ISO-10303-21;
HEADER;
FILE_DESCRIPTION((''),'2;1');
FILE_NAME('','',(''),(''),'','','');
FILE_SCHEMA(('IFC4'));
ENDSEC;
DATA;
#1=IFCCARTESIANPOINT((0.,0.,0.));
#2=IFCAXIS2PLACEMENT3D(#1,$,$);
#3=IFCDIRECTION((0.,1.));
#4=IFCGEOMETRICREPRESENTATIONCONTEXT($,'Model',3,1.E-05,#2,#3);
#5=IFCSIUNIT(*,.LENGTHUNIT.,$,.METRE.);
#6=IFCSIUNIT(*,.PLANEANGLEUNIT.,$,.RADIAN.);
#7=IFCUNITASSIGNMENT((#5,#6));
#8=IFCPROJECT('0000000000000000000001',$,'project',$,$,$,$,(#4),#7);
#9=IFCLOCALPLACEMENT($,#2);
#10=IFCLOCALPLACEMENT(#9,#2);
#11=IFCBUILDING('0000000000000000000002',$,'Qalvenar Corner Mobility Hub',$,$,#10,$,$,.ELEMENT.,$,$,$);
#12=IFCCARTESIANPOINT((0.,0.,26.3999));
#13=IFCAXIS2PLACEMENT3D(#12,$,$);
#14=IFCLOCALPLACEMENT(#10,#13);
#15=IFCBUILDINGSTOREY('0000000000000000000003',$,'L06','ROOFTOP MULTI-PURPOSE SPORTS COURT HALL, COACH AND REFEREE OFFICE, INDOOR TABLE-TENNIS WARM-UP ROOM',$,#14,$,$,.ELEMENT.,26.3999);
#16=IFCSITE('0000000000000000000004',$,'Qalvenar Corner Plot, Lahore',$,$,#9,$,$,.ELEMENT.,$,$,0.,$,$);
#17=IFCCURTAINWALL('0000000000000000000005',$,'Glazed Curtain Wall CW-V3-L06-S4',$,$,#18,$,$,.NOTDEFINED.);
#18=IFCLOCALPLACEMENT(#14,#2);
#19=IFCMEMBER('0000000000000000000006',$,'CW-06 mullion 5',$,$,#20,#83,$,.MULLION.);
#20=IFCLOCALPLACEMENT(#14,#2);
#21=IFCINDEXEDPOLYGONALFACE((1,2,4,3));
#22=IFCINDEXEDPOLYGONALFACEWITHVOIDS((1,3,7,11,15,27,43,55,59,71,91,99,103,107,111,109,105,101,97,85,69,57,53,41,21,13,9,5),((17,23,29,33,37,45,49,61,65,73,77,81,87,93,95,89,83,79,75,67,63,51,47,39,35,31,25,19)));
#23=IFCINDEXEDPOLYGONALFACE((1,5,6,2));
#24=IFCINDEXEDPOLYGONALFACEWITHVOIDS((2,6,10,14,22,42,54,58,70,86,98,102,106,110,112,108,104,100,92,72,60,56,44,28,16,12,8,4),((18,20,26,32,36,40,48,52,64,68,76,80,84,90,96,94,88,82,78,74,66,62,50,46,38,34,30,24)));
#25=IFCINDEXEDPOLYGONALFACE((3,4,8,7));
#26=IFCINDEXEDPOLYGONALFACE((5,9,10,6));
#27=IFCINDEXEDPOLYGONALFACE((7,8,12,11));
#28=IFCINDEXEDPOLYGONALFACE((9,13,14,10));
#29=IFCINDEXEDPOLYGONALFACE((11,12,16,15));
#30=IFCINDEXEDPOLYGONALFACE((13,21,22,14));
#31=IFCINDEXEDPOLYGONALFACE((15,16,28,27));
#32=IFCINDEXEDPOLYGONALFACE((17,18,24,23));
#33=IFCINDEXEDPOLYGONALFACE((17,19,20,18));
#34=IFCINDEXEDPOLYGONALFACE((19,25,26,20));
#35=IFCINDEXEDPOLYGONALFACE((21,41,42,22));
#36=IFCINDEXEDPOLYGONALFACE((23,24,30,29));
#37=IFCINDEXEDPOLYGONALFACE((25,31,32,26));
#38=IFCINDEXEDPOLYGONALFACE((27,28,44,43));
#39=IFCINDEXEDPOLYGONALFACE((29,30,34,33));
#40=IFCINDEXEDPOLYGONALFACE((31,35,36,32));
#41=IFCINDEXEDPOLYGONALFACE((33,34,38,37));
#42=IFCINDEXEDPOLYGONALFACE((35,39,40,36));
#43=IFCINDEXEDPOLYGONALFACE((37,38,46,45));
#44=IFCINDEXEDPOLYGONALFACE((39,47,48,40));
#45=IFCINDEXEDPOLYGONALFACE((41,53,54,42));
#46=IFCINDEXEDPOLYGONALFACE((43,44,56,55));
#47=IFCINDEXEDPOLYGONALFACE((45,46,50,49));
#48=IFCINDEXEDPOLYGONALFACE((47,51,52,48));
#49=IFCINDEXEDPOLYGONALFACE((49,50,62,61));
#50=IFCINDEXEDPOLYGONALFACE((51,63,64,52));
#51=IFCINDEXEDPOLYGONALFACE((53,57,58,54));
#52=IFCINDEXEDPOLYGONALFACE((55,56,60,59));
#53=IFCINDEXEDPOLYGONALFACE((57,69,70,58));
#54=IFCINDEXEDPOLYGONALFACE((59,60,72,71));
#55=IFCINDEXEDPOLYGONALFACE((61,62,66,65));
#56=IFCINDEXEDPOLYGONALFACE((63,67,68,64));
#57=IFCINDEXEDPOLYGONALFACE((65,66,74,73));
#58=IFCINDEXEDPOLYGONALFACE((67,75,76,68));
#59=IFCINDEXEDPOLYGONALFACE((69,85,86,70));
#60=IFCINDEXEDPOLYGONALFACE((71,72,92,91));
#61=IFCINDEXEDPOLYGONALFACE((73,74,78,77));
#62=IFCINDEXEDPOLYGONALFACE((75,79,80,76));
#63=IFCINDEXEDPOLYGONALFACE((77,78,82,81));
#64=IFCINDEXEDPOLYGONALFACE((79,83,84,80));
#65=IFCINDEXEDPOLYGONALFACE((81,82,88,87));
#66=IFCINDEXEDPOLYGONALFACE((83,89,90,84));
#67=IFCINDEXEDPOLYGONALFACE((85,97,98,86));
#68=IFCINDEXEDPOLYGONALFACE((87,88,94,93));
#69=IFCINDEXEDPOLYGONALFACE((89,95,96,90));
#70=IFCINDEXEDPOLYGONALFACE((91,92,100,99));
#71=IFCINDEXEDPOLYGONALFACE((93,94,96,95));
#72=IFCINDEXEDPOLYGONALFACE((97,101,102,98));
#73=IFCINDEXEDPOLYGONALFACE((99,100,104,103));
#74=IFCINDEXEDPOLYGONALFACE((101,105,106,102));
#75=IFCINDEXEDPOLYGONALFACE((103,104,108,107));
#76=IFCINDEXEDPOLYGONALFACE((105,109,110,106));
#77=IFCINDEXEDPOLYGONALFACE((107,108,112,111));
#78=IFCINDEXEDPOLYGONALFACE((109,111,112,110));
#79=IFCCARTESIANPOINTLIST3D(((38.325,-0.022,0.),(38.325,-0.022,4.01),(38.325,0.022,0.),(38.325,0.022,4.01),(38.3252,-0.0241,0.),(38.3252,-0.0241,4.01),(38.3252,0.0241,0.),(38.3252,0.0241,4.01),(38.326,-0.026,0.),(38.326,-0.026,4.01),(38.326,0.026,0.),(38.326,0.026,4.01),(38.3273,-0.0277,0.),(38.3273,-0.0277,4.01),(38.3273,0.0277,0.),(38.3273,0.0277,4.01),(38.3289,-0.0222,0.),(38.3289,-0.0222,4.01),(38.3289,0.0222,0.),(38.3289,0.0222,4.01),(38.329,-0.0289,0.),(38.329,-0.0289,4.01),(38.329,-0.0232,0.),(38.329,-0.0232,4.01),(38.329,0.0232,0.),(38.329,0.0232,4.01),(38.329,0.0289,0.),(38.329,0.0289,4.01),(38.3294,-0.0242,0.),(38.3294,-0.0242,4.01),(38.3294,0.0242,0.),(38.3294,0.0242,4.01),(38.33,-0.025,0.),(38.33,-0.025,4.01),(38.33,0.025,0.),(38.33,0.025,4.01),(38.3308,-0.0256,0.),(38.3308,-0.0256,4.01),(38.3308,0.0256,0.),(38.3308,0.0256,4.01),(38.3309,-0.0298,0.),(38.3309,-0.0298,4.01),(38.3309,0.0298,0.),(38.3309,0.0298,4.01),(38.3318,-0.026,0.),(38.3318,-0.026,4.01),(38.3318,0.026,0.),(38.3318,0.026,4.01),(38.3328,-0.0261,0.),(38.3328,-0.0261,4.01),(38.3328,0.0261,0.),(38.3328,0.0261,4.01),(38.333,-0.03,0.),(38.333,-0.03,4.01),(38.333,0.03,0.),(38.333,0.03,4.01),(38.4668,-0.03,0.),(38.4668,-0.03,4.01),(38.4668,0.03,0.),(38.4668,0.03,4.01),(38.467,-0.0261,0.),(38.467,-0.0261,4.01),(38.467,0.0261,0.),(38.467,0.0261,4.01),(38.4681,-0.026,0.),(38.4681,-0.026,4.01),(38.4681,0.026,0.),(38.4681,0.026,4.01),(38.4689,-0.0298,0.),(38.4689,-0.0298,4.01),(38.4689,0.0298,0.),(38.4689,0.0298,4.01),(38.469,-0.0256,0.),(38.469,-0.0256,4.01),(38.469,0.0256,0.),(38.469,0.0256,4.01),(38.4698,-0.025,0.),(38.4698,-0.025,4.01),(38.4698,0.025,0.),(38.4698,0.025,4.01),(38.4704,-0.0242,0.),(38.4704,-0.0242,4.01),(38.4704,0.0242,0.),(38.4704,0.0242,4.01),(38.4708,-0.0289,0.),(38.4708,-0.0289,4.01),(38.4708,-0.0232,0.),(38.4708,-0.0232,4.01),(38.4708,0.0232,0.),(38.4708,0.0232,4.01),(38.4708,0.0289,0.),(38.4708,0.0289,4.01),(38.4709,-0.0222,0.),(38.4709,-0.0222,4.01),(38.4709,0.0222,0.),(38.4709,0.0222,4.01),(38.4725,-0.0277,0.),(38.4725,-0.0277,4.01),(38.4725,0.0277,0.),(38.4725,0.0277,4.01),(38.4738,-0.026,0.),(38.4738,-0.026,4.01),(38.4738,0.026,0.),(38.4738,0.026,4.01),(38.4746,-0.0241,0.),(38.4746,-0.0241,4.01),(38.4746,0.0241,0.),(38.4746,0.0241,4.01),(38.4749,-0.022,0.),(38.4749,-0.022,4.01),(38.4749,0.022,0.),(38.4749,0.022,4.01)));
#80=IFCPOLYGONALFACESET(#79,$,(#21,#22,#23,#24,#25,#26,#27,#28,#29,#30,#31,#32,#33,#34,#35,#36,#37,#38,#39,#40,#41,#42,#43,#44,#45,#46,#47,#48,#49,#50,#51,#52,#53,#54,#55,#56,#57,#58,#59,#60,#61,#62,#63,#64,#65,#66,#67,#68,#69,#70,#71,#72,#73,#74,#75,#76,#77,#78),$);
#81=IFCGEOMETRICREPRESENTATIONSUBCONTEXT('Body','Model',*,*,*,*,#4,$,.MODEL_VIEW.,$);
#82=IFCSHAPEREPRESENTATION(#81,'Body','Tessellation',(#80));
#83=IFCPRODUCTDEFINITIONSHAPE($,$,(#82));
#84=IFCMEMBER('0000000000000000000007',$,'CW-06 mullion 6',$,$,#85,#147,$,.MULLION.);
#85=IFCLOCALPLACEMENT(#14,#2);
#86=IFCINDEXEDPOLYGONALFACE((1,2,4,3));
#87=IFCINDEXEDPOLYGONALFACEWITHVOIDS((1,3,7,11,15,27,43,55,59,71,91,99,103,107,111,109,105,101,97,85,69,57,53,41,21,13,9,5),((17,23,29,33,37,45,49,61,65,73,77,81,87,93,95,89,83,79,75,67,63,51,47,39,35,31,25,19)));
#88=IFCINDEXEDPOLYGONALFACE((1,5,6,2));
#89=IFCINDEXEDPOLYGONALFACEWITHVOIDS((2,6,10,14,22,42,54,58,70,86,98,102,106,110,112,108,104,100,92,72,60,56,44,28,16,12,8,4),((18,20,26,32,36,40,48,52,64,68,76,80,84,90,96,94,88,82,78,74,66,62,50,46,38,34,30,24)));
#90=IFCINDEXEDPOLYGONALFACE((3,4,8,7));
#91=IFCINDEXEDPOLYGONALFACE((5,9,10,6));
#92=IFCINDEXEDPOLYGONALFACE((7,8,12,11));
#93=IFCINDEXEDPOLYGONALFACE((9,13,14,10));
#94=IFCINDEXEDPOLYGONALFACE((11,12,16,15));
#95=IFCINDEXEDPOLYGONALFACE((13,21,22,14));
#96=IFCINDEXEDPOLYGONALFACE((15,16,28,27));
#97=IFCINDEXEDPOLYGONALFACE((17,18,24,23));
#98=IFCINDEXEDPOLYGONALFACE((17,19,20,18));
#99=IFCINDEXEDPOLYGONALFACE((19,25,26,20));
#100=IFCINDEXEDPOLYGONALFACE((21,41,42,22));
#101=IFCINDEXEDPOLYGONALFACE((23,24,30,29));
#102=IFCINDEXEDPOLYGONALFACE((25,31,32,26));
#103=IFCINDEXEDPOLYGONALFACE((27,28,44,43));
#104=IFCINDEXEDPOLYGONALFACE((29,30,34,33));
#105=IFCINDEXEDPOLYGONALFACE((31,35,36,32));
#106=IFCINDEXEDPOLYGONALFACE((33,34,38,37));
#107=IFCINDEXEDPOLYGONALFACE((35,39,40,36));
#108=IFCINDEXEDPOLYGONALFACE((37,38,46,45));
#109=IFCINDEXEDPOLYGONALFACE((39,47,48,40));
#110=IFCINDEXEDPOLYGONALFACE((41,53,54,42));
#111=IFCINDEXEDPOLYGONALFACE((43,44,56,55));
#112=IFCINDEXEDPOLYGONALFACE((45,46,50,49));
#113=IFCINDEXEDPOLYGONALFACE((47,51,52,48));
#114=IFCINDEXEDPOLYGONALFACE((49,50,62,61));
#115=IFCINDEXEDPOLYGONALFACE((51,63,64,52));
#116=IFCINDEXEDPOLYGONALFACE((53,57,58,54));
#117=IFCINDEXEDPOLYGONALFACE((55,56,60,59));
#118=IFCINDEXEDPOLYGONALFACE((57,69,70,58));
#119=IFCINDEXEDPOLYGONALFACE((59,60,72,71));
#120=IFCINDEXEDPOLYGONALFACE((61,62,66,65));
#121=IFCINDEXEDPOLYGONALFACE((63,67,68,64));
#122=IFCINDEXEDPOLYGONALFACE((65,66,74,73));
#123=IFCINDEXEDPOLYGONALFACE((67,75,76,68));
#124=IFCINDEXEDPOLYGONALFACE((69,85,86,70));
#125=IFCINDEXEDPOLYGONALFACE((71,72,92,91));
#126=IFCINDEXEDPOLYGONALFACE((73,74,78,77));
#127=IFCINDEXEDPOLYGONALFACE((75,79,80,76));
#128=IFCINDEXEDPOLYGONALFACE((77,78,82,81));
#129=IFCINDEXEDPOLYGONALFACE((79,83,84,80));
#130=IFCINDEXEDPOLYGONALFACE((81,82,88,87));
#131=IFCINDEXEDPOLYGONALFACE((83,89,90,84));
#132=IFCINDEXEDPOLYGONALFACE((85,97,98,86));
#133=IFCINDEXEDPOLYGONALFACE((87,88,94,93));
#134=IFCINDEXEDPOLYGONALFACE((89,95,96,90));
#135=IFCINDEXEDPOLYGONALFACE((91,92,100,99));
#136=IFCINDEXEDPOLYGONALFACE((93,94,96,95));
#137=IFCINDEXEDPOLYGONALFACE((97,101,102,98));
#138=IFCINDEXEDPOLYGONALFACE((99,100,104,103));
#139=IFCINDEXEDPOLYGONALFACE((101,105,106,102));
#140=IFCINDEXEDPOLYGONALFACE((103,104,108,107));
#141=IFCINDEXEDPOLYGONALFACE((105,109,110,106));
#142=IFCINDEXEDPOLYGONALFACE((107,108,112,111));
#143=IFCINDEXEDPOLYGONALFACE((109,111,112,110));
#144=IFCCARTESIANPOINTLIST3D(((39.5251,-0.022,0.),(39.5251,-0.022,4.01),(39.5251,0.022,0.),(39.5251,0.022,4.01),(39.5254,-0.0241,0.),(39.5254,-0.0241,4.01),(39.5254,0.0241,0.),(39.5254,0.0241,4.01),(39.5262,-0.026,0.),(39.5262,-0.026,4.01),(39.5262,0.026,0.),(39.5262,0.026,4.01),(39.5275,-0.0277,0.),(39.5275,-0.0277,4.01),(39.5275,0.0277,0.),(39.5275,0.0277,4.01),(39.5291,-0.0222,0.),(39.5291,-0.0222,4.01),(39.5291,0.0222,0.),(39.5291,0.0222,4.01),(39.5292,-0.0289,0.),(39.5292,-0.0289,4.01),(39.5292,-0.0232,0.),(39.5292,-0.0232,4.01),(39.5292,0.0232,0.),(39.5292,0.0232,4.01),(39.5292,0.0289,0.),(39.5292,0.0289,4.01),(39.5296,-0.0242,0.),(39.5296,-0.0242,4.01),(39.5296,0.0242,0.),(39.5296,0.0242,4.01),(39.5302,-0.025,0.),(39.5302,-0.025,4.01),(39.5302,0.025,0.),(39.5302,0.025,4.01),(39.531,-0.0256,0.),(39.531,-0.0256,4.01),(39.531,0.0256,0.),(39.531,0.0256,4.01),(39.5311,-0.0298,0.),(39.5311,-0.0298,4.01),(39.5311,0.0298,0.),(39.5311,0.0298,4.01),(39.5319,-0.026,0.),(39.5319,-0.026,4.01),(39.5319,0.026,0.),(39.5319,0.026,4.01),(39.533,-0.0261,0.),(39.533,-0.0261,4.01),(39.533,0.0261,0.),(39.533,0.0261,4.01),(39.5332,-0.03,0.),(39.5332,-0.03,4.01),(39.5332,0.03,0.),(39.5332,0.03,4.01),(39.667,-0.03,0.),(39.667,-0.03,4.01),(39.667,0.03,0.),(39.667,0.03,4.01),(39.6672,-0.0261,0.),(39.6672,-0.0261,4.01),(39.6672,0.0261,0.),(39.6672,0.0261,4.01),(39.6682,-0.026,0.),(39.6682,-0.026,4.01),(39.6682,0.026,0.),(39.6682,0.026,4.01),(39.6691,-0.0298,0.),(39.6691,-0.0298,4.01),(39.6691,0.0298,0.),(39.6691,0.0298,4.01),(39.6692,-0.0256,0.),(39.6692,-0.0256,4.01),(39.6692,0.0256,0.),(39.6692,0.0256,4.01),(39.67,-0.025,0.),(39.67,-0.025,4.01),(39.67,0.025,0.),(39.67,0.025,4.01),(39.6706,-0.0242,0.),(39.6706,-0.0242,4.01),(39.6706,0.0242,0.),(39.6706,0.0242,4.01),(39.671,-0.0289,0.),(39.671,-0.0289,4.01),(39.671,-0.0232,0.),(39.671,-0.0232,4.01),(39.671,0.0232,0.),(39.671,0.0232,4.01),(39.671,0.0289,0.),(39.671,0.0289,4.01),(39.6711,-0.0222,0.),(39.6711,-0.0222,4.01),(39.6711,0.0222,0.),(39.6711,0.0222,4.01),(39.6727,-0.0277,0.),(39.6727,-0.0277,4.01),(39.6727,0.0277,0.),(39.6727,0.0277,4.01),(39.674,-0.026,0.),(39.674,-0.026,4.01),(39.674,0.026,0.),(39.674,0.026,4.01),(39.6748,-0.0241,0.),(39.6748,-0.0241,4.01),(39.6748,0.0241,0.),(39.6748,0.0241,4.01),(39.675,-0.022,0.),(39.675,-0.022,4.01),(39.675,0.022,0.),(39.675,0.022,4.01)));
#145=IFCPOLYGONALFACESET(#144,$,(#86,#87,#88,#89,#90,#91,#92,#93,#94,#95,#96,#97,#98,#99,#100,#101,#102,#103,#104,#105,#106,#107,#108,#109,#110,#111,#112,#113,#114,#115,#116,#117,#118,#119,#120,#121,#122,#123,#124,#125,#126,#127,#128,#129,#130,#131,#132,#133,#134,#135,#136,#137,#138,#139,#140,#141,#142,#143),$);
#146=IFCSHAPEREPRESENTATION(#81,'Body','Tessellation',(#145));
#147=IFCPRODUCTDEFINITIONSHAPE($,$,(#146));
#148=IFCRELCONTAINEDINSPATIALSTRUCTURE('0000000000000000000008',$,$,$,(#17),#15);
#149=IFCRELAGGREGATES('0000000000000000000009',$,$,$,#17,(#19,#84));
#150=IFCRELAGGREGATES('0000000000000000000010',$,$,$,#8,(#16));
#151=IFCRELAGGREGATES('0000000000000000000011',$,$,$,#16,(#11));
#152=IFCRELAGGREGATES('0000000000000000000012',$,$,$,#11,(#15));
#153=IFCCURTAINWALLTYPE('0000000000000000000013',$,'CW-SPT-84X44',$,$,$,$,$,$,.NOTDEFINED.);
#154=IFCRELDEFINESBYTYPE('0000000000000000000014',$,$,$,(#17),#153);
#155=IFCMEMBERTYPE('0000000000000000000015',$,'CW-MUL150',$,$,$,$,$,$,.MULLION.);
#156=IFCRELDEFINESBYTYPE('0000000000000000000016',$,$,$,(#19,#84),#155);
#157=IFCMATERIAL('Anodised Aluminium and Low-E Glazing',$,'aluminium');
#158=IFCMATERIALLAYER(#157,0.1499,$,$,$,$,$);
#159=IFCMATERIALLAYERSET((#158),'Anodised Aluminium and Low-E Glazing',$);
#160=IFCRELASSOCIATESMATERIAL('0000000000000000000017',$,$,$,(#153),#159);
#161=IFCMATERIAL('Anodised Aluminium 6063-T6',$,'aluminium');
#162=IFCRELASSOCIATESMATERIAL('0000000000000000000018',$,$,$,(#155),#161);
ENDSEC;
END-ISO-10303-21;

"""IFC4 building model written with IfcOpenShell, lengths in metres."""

from ifc_helpers import new_model, si_unit, direction, frame, origin, origin_2d, place, context, subcontext, project, spatial, hollow_rectangle, extrude, material, layer, layer_set, material_profile, profile_set, type_object, element, aggregate, save


model = new_model("IFC4")

# Units and contexts
model_context = context("Model", 3, precision=1e-05, world=origin(), true_north=direction((0.0, 1.0)))
body_context = subcontext(model_context, "Body", "Model", "MODEL_VIEW")
ifc_project = project(units=[si_unit("LENGTHUNIT", "METRE"), si_unit("PLANEANGLEUNIT", "RADIAN")], contexts=[model_context])

# Site, building, storey
site_placement = place(None, origin())
site = spatial("IfcSite", under=ifc_project, at=site_placement, Name="Qalvenar Corner Plot, Lahore", CompositionType="ELEMENT", RefElevation=0.0)
building_placement = place(site_placement, origin())
building = spatial("IfcBuilding", under=site, at=building_placement, Name="Qalvenar Corner Mobility Hub", CompositionType="ELEMENT")
storey_placement = place(building_placement, frame((0.0, 0.0, 26.3999)))
storey = spatial("IfcBuildingStorey", under=building, at=storey_placement, Name="L06", Description="ROOFTOP MULTI-PURPOSE SPORTS COURT HALL, COACH AND REFEREE OFFICE, INDOOR TABLE-TENNIS WARM-UP ROOM", CompositionType="ELEMENT", Elevation=26.3999)

# Curtain wall, members
ifc_material_1 = material(Name="Anodised Aluminium and Low-E Glazing", Category="aluminium")
ifc_layer_1 = layer(ifc_material_1, 0.1499)
ifc_layer_set_1 = layer_set([ifc_layer_1], Name="Anodised Aluminium and Low-E Glazing")
curtain_wall_type = type_object("IfcCurtainWallType", Name="CW-SPT-84X44", PredefinedType="NOTDEFINED", material=ifc_layer_set_1)
curtain_wall_placement = place(storey_placement, origin())
curtain_wall = element("IfcCurtainWall", 1, at=curtain_wall_placement, inside=storey, type_object=curtain_wall_type, Name="Glazed Curtain Wall CW-V3-L06-S4", PredefinedType="NOTDEFINED")
ifc_material_2 = material(Name="Anodised Aluminium 6063-T6", Category="aluminium")
ifc_material_profile_1 = material_profile(ifc_material_2, hollow_rectangle(XDim=0.0601, YDim=0.1499, WallThickness=0.0039, InnerFilletRadius=0.0039, OuterFilletRadius=0.0081, at=origin_2d()), Name="RHS150x60x4")
ifc_profile_set_1 = profile_set([ifc_material_profile_1], Name="Anodised Aluminium 6063-T6")
member_type_1 = type_object("IfcMemberType", Name="CW-MUL150", PredefinedType="MULLION", material=ifc_profile_set_1)
member_1_placement = place(storey_placement, frame((38.3999, 0.0, 0.0), z_axis=(0.0, 0.0, 1.0), x_axis=(0.0, 1.0, 0.0)))
member_1 = element("IfcMember", 2, at=member_1_placement, type_object=member_type_1, Name="CW-06 mullion 5", PredefinedType="MULLION", context=body_context, shape_type="SweptSolid", body=[
    extrude(hollow_rectangle(XDim=0.0601, YDim=0.1499, WallThickness=0.0039, InnerFilletRadius=0.0039, OuterFilletRadius=0.0081, at=origin_2d()), origin(), (0.0, 0.0, 1.0), 4.01),
])
member_2_placement = place(storey_placement, frame((39.6001, 0.0, 0.0), z_axis=(0.0, 0.0, 1.0), x_axis=(0.0, 1.0, 0.0)))
member_2 = element("IfcMember", 3, at=member_2_placement, type_object=member_type_1, Name="CW-06 mullion 6", PredefinedType="MULLION", context=body_context, shape_type="SweptSolid", body=[
    extrude(hollow_rectangle(XDim=0.0601, YDim=0.1499, WallThickness=0.0039, InnerFilletRadius=0.0039, OuterFilletRadius=0.0081, at=origin_2d()), origin(), (0.0, 0.0, 1.0), 4.01),
])
aggregate(curtain_wall, [member_1, member_2])

save(model, "model.ifc")
